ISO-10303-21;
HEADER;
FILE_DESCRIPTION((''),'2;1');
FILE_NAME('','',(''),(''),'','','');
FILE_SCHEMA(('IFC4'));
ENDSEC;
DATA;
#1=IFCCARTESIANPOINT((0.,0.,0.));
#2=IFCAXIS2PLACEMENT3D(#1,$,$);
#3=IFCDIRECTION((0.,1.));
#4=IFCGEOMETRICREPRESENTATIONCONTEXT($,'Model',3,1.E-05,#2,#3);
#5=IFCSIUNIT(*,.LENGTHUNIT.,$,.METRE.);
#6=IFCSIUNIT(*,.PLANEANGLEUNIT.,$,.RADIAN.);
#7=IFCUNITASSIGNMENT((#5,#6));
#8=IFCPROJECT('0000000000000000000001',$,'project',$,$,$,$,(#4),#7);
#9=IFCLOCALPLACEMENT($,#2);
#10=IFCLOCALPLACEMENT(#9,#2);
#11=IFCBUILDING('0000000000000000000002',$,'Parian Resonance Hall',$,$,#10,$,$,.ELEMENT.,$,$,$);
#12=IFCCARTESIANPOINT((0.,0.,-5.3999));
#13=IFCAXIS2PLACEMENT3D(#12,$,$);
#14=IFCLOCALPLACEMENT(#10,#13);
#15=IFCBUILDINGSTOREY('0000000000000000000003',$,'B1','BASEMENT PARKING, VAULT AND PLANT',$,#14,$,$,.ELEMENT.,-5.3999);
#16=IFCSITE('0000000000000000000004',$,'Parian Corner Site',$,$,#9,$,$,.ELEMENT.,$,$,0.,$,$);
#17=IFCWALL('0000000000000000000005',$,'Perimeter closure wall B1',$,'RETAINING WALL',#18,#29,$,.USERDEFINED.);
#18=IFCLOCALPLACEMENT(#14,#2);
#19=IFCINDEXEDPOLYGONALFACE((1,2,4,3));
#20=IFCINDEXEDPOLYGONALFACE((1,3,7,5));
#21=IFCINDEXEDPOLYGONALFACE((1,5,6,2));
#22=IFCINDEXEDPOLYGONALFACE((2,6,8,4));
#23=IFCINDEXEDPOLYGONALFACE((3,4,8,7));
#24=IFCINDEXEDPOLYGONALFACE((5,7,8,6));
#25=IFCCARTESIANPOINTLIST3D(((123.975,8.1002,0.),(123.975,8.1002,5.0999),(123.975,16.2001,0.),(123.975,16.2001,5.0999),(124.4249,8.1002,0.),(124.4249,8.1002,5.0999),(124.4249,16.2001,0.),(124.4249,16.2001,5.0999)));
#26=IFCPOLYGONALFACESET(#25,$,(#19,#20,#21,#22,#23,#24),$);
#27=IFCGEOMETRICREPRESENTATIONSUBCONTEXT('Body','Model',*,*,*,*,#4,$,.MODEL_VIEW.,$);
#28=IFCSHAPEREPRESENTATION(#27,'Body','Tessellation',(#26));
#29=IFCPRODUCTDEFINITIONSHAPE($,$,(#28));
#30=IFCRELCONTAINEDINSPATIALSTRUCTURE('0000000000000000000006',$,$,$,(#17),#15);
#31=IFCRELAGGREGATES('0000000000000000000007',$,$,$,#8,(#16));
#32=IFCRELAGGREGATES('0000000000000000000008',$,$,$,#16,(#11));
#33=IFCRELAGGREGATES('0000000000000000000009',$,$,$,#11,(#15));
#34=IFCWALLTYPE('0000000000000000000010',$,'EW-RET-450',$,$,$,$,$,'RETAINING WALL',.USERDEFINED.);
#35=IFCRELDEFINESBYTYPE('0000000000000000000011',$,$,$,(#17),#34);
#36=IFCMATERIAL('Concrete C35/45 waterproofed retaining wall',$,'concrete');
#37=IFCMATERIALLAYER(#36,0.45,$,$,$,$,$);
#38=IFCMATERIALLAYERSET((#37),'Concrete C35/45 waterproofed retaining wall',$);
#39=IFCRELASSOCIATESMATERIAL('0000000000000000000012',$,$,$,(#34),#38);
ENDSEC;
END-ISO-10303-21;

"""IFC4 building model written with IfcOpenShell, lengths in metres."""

from ifc_helpers import new_model, si_unit, direction, frame, frame_2d, origin, place, context, subcontext, project, spatial, rectangle, extrude, material, layer, layer_set, type_object, element, save


model = new_model("IFC4")

# Units and contexts
model_context = context("Model", 3, precision=1e-05, world=origin(), true_north=direction((0.0, 1.0)))
body_context = subcontext(model_context, "Body", "Model", "MODEL_VIEW")
ifc_project = project(units=[si_unit("LENGTHUNIT", "METRE"), si_unit("PLANEANGLEUNIT", "RADIAN")], contexts=[model_context])

# Site, building, storey
site_placement = place(None, origin())
site = spatial("IfcSite", under=ifc_project, at=site_placement, Name="Parian Corner Site", CompositionType="ELEMENT", RefElevation=0.0)
building_placement = place(site_placement, origin())
building = spatial("IfcBuilding", under=site, at=building_placement, Name="Parian Resonance Hall", CompositionType="ELEMENT")
storey_placement = place(building_placement, frame((0.0, 0.0, -5.3999)))
storey = spatial("IfcBuildingStorey", under=building, at=storey_placement, Name="B1", Description="BASEMENT PARKING, VAULT AND PLANT", CompositionType="ELEMENT", Elevation=-5.3999)

# Wall
ifc_material_1 = material(Name="Concrete C35/45 waterproofed retaining wall", Category="concrete")
ifc_layer = layer(ifc_material_1, 0.45)
ifc_layer_set = layer_set([ifc_layer], Name="Concrete C35/45 waterproofed retaining wall")
wall_type = type_object("IfcWallType", Name="EW-RET-450", ElementType="RETAINING WALL", PredefinedType="USERDEFINED", material=ifc_layer_set)
wall_placement = place(storey_placement, frame((124.2, 16.2, 0.0), z_axis=(0.0, 0.0, 1.0), x_axis=(0.0, -1.0, 0.0)))
element("IfcWall", 1, at=wall_placement, inside=storey, type_object=wall_type, Name="Perimeter closure wall B1", ObjectType="RETAINING WALL", PredefinedType="USERDEFINED", context=body_context, shape_type="SweptSolid", body=[
    extrude(rectangle(XDim=8.0999, YDim=0.45, at=frame_2d((4.0498, 0.0))), origin(), (0.0, 0.0, 1.0), 5.0999),
])

save(model, "model.ifc")
